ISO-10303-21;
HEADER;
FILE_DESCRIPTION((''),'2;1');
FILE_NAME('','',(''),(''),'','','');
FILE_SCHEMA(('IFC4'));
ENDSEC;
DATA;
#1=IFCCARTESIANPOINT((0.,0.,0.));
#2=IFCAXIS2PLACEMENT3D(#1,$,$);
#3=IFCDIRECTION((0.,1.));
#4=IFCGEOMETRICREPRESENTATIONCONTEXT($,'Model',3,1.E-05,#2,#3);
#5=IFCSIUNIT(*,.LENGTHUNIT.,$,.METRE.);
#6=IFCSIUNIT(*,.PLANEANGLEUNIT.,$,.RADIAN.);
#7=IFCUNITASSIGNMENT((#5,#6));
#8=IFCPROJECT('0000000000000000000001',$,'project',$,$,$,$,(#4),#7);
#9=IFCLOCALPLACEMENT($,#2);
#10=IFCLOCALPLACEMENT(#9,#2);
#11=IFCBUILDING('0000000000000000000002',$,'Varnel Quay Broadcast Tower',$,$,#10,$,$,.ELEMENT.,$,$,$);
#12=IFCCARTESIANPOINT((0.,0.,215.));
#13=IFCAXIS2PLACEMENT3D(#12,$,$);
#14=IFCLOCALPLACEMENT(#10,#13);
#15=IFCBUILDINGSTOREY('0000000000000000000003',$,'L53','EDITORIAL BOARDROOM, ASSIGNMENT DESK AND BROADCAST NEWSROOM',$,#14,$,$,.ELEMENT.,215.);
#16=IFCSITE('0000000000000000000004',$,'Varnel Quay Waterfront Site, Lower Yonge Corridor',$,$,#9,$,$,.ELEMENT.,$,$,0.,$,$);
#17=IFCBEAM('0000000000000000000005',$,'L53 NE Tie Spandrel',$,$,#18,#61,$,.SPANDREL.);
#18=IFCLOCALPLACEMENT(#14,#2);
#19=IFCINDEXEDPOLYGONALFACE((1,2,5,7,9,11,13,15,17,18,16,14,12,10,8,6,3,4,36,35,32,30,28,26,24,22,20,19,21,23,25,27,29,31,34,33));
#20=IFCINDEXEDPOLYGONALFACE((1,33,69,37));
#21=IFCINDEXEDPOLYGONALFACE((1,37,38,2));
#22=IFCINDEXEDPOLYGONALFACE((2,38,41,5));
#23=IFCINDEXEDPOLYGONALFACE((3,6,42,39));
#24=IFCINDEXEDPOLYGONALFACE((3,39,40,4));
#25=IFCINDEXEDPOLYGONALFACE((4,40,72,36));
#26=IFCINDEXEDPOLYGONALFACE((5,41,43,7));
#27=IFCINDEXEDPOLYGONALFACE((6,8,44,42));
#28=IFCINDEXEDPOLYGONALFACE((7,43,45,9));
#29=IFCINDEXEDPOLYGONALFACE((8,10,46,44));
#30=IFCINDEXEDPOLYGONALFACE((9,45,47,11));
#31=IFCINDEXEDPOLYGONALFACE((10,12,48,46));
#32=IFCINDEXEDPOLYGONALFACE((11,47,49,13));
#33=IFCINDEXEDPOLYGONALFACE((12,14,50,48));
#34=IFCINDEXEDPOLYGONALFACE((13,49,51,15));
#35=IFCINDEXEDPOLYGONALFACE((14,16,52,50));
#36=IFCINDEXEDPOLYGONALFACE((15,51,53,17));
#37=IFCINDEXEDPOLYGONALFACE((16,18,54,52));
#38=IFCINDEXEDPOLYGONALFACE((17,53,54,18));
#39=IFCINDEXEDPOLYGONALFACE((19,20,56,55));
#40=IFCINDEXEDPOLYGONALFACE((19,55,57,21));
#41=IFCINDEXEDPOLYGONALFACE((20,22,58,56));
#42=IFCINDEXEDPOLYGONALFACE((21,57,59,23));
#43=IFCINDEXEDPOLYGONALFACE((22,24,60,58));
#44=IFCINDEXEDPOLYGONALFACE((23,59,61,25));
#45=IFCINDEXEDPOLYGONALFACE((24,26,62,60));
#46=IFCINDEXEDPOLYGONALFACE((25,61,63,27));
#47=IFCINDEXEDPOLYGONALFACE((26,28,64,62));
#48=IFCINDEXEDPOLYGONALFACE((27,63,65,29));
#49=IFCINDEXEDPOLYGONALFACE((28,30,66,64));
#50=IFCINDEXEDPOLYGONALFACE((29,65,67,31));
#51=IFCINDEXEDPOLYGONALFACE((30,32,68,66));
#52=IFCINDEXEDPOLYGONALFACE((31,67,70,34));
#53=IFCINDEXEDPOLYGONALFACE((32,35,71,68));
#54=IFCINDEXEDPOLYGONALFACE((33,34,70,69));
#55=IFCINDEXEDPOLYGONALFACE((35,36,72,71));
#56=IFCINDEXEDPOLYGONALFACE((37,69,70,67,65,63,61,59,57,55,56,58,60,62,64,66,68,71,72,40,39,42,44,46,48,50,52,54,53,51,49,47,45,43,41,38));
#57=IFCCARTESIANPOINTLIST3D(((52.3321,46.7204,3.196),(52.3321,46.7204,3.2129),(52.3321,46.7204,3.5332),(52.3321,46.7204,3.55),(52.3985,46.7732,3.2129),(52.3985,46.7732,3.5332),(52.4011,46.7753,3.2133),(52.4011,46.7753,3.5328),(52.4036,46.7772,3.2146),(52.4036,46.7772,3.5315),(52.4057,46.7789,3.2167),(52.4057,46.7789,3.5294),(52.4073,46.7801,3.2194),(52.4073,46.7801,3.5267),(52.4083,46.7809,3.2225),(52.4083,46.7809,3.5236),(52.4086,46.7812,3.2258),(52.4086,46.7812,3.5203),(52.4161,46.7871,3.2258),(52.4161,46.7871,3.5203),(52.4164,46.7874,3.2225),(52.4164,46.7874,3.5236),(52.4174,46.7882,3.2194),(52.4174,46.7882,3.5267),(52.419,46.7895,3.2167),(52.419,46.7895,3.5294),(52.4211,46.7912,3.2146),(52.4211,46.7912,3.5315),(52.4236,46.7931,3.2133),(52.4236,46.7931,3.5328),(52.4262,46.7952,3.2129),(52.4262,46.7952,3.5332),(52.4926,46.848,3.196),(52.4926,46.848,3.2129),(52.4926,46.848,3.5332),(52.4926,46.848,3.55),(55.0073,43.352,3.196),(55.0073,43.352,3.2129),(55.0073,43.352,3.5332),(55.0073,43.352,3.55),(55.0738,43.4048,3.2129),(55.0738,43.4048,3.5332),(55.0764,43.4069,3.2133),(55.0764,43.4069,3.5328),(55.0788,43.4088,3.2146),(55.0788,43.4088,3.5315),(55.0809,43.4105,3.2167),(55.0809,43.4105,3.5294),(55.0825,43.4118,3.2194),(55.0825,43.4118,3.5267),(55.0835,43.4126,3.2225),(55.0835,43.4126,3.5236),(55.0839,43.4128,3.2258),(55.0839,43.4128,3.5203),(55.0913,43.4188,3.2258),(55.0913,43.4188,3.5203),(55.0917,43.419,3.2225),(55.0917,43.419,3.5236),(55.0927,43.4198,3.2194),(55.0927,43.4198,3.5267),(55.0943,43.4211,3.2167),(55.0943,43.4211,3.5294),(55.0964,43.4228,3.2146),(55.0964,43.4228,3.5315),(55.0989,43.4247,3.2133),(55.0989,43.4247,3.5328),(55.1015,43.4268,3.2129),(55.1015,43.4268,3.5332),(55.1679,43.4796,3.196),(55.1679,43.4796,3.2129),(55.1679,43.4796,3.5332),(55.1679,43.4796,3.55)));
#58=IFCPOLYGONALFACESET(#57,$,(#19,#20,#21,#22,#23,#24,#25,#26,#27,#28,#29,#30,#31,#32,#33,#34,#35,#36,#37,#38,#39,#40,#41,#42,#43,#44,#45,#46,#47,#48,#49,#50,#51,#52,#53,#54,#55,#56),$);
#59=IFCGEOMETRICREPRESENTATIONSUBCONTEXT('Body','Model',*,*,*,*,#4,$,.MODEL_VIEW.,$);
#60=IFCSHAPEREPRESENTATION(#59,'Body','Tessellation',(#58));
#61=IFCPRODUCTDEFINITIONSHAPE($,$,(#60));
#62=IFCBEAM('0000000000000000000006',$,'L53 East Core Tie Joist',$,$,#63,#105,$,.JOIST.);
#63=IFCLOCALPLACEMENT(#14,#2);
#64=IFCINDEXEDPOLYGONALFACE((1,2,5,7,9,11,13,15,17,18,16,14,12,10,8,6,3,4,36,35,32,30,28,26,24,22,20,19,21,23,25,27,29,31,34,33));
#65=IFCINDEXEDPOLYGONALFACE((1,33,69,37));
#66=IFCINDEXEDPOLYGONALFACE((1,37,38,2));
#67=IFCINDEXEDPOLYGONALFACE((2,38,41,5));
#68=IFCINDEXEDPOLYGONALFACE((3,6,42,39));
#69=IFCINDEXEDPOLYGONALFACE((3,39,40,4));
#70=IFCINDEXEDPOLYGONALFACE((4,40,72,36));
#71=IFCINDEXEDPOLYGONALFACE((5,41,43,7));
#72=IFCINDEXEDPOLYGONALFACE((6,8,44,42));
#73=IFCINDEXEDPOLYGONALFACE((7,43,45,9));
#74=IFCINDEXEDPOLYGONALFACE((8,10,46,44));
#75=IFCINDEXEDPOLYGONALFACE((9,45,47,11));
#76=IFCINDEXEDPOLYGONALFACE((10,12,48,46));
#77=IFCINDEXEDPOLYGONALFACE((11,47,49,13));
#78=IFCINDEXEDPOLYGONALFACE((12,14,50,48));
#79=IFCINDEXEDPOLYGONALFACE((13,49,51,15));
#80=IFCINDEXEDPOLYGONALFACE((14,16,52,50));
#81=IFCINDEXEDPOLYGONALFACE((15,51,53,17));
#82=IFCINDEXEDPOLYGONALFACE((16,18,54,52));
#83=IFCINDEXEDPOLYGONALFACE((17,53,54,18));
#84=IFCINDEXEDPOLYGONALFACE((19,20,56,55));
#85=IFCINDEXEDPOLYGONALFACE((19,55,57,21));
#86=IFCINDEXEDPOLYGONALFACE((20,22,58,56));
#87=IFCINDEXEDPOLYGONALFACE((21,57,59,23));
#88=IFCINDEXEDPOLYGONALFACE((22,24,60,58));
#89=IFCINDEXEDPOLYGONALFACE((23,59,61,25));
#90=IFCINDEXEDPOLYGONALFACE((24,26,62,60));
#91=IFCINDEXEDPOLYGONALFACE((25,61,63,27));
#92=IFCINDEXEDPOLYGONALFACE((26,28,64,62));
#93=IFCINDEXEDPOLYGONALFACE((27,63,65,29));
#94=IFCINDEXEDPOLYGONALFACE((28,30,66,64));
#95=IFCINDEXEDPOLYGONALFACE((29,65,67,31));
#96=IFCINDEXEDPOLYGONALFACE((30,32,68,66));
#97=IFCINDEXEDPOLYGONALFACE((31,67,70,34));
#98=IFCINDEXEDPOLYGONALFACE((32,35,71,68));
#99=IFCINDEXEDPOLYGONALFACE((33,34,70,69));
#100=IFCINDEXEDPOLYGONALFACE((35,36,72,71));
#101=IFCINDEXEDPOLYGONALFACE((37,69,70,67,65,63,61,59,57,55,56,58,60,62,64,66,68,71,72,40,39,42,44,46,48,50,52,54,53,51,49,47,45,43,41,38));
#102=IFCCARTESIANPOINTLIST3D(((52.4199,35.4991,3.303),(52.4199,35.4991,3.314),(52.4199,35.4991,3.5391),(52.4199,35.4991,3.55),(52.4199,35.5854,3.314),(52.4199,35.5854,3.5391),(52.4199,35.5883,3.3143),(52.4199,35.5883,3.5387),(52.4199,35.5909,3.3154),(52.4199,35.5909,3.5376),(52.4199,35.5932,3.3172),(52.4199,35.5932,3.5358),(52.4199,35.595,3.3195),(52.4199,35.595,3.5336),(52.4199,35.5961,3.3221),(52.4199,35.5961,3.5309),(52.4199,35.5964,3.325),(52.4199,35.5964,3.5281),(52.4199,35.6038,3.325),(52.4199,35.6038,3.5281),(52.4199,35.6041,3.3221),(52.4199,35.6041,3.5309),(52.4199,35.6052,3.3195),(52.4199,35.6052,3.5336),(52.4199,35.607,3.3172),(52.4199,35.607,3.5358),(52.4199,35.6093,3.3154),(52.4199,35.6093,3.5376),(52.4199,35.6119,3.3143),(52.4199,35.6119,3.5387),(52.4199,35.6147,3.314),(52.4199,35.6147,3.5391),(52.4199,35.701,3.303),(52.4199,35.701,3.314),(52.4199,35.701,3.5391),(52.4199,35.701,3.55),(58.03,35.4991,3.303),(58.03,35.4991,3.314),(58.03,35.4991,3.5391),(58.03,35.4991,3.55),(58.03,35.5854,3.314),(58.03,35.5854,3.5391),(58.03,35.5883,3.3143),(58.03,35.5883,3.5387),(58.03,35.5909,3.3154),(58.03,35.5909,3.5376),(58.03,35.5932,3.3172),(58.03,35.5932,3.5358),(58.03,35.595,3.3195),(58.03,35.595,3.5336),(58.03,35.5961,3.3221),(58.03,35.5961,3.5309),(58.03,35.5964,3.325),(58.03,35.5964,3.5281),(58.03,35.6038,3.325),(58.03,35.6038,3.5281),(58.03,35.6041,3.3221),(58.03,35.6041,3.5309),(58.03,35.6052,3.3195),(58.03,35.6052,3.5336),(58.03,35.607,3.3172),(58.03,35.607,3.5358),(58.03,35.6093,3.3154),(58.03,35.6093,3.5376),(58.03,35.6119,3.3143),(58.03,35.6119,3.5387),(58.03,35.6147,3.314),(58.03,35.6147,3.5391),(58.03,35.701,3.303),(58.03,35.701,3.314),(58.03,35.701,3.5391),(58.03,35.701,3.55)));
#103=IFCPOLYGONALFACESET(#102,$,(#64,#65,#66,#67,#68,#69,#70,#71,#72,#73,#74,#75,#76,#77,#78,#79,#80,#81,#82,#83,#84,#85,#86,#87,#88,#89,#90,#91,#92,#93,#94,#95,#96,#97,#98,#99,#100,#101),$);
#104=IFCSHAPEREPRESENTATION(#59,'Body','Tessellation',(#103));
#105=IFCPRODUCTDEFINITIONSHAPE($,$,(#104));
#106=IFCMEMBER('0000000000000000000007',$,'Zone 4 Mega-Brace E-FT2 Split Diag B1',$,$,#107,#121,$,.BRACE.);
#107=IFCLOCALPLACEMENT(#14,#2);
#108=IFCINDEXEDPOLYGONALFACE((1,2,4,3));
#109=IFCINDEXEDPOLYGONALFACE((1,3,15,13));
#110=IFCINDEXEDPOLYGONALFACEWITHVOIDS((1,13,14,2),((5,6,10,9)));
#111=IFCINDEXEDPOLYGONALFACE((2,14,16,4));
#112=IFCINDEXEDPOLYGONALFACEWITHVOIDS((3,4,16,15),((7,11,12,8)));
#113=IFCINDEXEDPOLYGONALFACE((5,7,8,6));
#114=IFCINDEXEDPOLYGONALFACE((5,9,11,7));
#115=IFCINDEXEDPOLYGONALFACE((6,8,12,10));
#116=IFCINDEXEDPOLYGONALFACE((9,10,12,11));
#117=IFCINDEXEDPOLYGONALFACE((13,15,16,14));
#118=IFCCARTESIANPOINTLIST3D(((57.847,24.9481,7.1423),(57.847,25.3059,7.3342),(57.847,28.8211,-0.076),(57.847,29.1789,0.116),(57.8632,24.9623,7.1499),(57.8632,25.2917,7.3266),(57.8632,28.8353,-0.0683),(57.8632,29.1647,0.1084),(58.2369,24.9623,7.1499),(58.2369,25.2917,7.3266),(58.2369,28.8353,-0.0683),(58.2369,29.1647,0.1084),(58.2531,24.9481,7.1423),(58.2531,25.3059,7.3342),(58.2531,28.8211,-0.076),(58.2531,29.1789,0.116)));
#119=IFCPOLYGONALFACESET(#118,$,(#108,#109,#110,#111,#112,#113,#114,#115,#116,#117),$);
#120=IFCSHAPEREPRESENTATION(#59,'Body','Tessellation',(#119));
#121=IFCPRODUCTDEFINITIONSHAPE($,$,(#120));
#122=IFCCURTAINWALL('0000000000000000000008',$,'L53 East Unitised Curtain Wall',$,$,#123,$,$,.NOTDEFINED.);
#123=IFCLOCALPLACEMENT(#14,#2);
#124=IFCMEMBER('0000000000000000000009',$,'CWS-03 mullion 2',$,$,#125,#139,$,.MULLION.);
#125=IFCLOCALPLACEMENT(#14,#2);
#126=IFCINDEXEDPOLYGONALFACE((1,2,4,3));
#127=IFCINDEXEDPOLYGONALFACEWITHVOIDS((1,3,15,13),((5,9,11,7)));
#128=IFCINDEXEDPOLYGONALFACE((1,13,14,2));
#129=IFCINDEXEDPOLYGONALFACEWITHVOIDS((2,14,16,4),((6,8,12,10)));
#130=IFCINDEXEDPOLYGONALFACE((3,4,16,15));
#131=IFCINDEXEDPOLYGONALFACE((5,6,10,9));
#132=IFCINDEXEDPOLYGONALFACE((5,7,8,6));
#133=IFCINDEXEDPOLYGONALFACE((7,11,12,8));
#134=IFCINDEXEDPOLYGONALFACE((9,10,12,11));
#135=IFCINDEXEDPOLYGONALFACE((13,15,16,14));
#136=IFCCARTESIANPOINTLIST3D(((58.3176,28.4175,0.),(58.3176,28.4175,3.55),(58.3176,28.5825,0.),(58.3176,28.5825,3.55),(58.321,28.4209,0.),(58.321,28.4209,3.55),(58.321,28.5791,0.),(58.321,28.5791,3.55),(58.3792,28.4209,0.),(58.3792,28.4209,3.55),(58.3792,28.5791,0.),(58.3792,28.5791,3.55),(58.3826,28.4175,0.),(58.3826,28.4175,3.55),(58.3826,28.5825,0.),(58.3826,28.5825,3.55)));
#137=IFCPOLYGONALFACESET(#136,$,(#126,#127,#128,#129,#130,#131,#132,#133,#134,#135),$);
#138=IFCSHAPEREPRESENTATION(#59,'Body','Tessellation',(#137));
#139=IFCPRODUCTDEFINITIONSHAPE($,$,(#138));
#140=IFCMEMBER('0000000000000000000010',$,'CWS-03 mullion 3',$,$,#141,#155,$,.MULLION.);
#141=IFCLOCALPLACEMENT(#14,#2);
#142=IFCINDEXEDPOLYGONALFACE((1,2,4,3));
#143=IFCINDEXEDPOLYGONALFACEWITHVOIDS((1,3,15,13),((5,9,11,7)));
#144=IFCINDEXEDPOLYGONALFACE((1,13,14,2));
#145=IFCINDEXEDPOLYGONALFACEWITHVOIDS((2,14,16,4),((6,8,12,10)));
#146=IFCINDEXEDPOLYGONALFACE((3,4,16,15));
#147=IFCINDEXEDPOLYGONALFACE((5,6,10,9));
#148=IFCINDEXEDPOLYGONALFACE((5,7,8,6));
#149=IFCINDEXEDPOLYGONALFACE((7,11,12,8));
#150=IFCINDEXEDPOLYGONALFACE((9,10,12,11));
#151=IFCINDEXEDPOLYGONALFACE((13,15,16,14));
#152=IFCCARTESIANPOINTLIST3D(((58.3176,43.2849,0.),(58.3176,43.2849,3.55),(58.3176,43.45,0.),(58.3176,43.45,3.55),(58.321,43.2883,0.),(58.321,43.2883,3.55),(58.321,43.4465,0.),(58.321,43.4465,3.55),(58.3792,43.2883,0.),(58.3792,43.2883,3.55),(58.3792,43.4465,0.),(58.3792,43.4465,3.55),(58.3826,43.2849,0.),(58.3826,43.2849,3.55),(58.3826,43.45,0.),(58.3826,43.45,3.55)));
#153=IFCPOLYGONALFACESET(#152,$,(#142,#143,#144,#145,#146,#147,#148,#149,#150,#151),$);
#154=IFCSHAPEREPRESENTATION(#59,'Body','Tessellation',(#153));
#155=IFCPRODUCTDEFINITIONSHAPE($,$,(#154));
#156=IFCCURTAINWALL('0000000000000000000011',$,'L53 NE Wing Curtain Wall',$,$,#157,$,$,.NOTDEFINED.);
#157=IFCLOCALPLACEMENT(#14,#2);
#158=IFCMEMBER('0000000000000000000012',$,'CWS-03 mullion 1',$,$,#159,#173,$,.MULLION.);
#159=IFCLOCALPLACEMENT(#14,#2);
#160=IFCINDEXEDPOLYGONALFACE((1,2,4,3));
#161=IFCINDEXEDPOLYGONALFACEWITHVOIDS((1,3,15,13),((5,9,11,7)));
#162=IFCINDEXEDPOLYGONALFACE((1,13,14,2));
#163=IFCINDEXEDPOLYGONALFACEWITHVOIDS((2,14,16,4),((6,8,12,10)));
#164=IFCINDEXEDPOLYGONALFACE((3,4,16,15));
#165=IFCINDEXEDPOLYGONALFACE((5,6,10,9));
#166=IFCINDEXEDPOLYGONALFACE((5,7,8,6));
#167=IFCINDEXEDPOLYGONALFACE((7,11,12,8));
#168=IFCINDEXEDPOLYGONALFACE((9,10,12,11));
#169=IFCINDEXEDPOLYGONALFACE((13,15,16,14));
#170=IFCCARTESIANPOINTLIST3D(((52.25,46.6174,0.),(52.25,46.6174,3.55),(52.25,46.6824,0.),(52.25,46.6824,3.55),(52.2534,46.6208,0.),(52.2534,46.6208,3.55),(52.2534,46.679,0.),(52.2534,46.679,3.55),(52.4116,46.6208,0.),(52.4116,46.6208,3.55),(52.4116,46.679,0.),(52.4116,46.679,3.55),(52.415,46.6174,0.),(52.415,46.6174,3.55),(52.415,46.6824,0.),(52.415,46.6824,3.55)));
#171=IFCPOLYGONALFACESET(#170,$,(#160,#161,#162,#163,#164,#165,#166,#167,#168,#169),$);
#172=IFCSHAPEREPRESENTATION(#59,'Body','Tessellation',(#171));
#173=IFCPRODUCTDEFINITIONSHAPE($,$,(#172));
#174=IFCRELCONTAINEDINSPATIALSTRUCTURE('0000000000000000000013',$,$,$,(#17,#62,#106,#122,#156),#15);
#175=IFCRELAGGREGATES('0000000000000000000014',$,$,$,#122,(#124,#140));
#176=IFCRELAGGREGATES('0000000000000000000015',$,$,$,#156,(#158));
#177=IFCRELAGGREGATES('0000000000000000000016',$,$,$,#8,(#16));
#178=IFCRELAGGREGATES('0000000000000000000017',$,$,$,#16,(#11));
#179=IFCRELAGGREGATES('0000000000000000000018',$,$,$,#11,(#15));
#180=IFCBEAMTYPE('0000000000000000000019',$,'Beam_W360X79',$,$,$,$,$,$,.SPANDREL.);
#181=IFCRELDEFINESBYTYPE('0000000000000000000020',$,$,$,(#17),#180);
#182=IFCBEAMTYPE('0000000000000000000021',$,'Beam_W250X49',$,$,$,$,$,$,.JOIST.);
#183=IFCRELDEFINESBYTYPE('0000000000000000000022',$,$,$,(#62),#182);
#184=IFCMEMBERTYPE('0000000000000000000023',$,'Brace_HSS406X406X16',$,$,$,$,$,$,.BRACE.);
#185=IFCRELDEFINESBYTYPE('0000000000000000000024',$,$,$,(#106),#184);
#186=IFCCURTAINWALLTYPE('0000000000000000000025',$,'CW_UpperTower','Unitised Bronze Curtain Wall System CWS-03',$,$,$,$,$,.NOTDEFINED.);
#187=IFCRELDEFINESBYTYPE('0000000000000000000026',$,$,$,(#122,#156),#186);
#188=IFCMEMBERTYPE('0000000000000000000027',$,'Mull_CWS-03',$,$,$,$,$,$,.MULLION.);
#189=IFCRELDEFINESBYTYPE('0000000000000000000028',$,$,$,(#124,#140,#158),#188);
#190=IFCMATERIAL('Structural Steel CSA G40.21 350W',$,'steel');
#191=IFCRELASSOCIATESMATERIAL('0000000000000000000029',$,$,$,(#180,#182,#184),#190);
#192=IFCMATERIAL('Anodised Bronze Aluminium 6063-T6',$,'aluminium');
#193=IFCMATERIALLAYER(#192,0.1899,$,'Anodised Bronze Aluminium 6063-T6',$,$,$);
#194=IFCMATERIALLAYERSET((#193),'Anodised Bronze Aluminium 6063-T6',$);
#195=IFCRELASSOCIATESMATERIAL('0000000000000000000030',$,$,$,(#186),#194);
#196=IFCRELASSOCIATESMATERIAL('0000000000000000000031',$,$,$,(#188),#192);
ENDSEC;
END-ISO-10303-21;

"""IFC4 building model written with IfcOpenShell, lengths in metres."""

from ifc_helpers import new_model, si_unit, direction, frame, origin, origin_2d, place, context, subcontext, project, spatial, hollow_rectangle, i_section, extrude, source, transform, mapped, material, layer, layer_set, material_profile, profile_set, type_object, type_shapes, element, aggregate, save


model = new_model("IFC4")

# Units and contexts
model_context = context("Model", 3, precision=1e-05, world=origin(), true_north=direction((0.0, 1.0)))
body_context = subcontext(model_context, "Body", "Model", "MODEL_VIEW")
ifc_project = project(units=[si_unit("LENGTHUNIT", "METRE"), si_unit("PLANEANGLEUNIT", "RADIAN")], contexts=[model_context])

# Site, building, storey
site_placement = place(None, origin())
site = spatial("IfcSite", under=ifc_project, at=site_placement, Name="Varnel Quay Waterfront Site, Lower Yonge Corridor", CompositionType="ELEMENT", RefElevation=0.0)
building_placement = place(site_placement, origin())
building = spatial("IfcBuilding", under=site, at=building_placement, Name="Varnel Quay Broadcast Tower", CompositionType="ELEMENT")
storey_placement = place(building_placement, frame((0.0, 0.0, 215.0)))
storey = spatial("IfcBuildingStorey", under=building, at=storey_placement, Name="L53", Description="EDITORIAL BOARDROOM, ASSIGNMENT DESK AND BROADCAST NEWSROOM", CompositionType="ELEMENT", Elevation=215.0)

# Shared definitions
ifc_material_1 = material(Name="Structural Steel CSA G40.21 350W", Category="steel")

# Beams
ifc_material_profile_1 = material_profile(ifc_material_1, i_section(OverallWidth=0.2051, OverallDepth=0.354, WebThickness=0.0095, FlangeThickness=0.0168, FilletRadius=0.0129, at=origin_2d()), Name="W360X79")
ifc_profile_set_1 = profile_set([ifc_material_profile_1], Name="Structural Steel CSA G40.21 350W")
beam_type_1 = type_object("IfcBeamType", Name="Beam_W360X79", PredefinedType="SPANDREL", material=ifc_profile_set_1)
shared_shape_1 = source(origin(), body_context, "Body", "SweptSolid", [
    extrude(i_section(OverallWidth=0.2051, OverallDepth=0.354, WebThickness=0.0095, FlangeThickness=0.0168, FilletRadius=0.0129, at=origin_2d()), origin(), (0.0, 0.0, 1.0), 4.3015),
])
beam_1_placement = place(storey_placement, frame((52.4124, 46.7842, 3.373), z_axis=(0.621936, -0.783068, 0.0), x_axis=(0.783068, 0.621936, 0.0)))
element("IfcBeam", 1, at=beam_1_placement, inside=storey, type_object=beam_type_1, Name="L53 NE Tie Spandrel", PredefinedType="SPANDREL", context=body_context, shape_type="MappedRepresentation", body=[
    mapped(shared_shape_1, transform((0.0, 0.0, 0.0), x_axis=(1.0, 0.0, 0.0), y_axis=(0.0, 1.0, 0.0), z_axis=(0.0, 0.0, 1.0), scale=1.0)),
])
ifc_material_profile_2 = material_profile(ifc_material_1, i_section(OverallWidth=0.2019, OverallDepth=0.2471, WebThickness=0.0073, FlangeThickness=0.011, FilletRadius=0.011, at=origin_2d()), Name="W250X49")
ifc_profile_set_2 = profile_set([ifc_material_profile_2], Name="Structural Steel CSA G40.21 350W")
beam_type_2 = type_object("IfcBeamType", Name="Beam_W250X49", PredefinedType="JOIST", material=ifc_profile_set_2)
shared_shape_2 = source(origin(), body_context, "Body", "SweptSolid", [
    extrude(i_section(OverallWidth=0.2019, OverallDepth=0.2471, WebThickness=0.0073, FlangeThickness=0.011, FilletRadius=0.011, at=origin_2d()), origin(), (0.0, 0.0, 1.0), 5.6101),
])
type_shapes(beam_type_2, [shared_shape_2])
beam_2_placement = place(storey_placement, frame((52.4199, 35.6001, 3.4265), z_axis=(1.0, 0.0, 0.0), x_axis=(0.0, 1.0, 0.0)))
element("IfcBeam", 2, at=beam_2_placement, inside=storey, type_object=beam_type_2, Name="L53 East Core Tie Joist", PredefinedType="JOIST", context=body_context, shape_type="MappedRepresentation", body=[
    mapped(shared_shape_2, transform((0.0, 0.0, 0.0), x_axis=(1.0, 0.0, 0.0), y_axis=(0.0, 1.0, 0.0), z_axis=(0.0, 0.0, 1.0), scale=1.0)),
])

# Member
ifc_material_profile_3 = material_profile(ifc_material_1, hollow_rectangle(XDim=0.406, YDim=0.406, WallThickness=0.0161, at=origin_2d()), Name="HSS406X406X16")
ifc_profile_set_3 = profile_set([ifc_material_profile_3], Name="Structural Steel CSA G40.21 350W")
member_type_1 = type_object("IfcMemberType", Name="Brace_HSS406X406X16", PredefinedType="BRACE", material=ifc_profile_set_3)
shared_shape_3 = source(origin(), body_context, "Body", "SweptSolid", [
    extrude(hollow_rectangle(XDim=0.406, YDim=0.406, WallThickness=0.0161, at=origin_2d()), origin(), (0.0, 0.0, 1.0), 8.1917),
])
type_shapes(member_type_1, [shared_shape_3])
member_1_placement = place(storey_placement, frame((58.05, 29.0, 0.02), z_axis=(0.0, -0.472802, 0.881169), x_axis=(1.0, 0.0, 0.0)))
element("IfcMember", 3, at=member_1_placement, inside=storey, type_object=member_type_1, Name="Zone 4 Mega-Brace E-FT2 Split Diag B1", PredefinedType="BRACE", context=body_context, shape_type="MappedRepresentation", body=[
    mapped(shared_shape_3, transform((0.0, 0.0, 0.0), x_axis=(1.0, 0.0, 0.0), y_axis=(0.0, 1.0, 0.0), z_axis=(0.0, 0.0, 1.0), scale=1.0)),
])

# Curtain walls, members
ifc_material_2 = material(Name="Anodised Bronze Aluminium 6063-T6", Category="aluminium")
ifc_layer_1 = layer(ifc_material_2, 0.1899, Name="Anodised Bronze Aluminium 6063-T6")
ifc_layer_set_1 = layer_set([ifc_layer_1], Name="Anodised Bronze Aluminium 6063-T6")
curtain_wall_type = type_object("IfcCurtainWallType", Name="CW_UpperTower", Description="Unitised Bronze Curtain Wall System CWS-03", PredefinedType="NOTDEFINED", material=ifc_layer_set_1)
curtain_wall_1_placement = place(storey_placement, origin())
curtain_wall_1 = element("IfcCurtainWall", 4, at=curtain_wall_1_placement, inside=storey, type_object=curtain_wall_type, Name="L53 East Unitised Curtain Wall", PredefinedType="NOTDEFINED")
ifc_material_profile_4 = material_profile(ifc_material_2, hollow_rectangle(XDim=0.0649, YDim=0.165, WallThickness=0.0034, at=origin_2d()), Name="ALU65X165X3.5")
ifc_profile_set_4 = profile_set([ifc_material_profile_4], Name="Anodised Bronze Aluminium 6063-T6")
member_type_2 = type_object("IfcMemberType", Name="Mull_CWS-03", PredefinedType="MULLION", material=ifc_profile_set_4)
shared_shape_4 = source(origin(), body_context, "Body", "SweptSolid", [
    extrude(hollow_rectangle(XDim=0.0649, YDim=0.165, WallThickness=0.0034, at=origin_2d()), origin(), (0.0, 0.0, 1.0), 3.55),
])
type_shapes(member_type_2, [shared_shape_4])
member_2_placement = place(storey_placement, frame((58.3501, 28.5, 0.0), z_axis=(0.0, 0.0, 1.0), x_axis=(-1.0, 0.0, 0.0)))
member_2 = element("IfcMember", 5, at=member_2_placement, type_object=member_type_2, Name="CWS-03 mullion 2", PredefinedType="MULLION", context=body_context, shape_type="MappedRepresentation", body=[
    mapped(shared_shape_4, transform((0.0, 0.0, 0.0), x_axis=(1.0, 0.0, 0.0), y_axis=(0.0, 1.0, 0.0), z_axis=(0.0, 0.0, 1.0), scale=1.0)),
])
member_3_placement = place(storey_placement, frame((58.3501, 43.3674, 0.0), z_axis=(0.0, 0.0, 1.0), x_axis=(-1.0, 0.0, 0.0)))
member_3 = element("IfcMember", 6, at=member_3_placement, type_object=member_type_2, Name="CWS-03 mullion 3", PredefinedType="MULLION", context=body_context, shape_type="MappedRepresentation", body=[
    mapped(shared_shape_4, transform((0.0, 0.0, 0.0), x_axis=(1.0, 0.0, 0.0), y_axis=(0.0, 1.0, 0.0), z_axis=(0.0, 0.0, 1.0), scale=1.0)),
])
curtain_wall_2_placement = place(storey_placement, origin())
curtain_wall_2 = element("IfcCurtainWall", 7, at=curtain_wall_2_placement, inside=storey, type_object=curtain_wall_type, Name="L53 NE Wing Curtain Wall", PredefinedType="NOTDEFINED")
member_4_placement = place(storey_placement, frame((52.3325, 46.6499, 0.0), z_axis=(0.0, 0.0, 1.0), x_axis=(0.0, 1.0, 0.0)))
member_4 = element("IfcMember", 8, at=member_4_placement, type_object=member_type_2, Name="CWS-03 mullion 1", PredefinedType="MULLION", context=body_context, shape_type="MappedRepresentation", body=[
    mapped(shared_shape_4, transform((0.0, 0.0, 0.0), x_axis=(1.0, 0.0, 0.0), y_axis=(0.0, 1.0, 0.0), z_axis=(0.0, 0.0, 1.0), scale=1.0)),
])

aggregate(curtain_wall_1, [member_2, member_3])
aggregate(curtain_wall_2, [member_4])

save(model, "model.ifc")
